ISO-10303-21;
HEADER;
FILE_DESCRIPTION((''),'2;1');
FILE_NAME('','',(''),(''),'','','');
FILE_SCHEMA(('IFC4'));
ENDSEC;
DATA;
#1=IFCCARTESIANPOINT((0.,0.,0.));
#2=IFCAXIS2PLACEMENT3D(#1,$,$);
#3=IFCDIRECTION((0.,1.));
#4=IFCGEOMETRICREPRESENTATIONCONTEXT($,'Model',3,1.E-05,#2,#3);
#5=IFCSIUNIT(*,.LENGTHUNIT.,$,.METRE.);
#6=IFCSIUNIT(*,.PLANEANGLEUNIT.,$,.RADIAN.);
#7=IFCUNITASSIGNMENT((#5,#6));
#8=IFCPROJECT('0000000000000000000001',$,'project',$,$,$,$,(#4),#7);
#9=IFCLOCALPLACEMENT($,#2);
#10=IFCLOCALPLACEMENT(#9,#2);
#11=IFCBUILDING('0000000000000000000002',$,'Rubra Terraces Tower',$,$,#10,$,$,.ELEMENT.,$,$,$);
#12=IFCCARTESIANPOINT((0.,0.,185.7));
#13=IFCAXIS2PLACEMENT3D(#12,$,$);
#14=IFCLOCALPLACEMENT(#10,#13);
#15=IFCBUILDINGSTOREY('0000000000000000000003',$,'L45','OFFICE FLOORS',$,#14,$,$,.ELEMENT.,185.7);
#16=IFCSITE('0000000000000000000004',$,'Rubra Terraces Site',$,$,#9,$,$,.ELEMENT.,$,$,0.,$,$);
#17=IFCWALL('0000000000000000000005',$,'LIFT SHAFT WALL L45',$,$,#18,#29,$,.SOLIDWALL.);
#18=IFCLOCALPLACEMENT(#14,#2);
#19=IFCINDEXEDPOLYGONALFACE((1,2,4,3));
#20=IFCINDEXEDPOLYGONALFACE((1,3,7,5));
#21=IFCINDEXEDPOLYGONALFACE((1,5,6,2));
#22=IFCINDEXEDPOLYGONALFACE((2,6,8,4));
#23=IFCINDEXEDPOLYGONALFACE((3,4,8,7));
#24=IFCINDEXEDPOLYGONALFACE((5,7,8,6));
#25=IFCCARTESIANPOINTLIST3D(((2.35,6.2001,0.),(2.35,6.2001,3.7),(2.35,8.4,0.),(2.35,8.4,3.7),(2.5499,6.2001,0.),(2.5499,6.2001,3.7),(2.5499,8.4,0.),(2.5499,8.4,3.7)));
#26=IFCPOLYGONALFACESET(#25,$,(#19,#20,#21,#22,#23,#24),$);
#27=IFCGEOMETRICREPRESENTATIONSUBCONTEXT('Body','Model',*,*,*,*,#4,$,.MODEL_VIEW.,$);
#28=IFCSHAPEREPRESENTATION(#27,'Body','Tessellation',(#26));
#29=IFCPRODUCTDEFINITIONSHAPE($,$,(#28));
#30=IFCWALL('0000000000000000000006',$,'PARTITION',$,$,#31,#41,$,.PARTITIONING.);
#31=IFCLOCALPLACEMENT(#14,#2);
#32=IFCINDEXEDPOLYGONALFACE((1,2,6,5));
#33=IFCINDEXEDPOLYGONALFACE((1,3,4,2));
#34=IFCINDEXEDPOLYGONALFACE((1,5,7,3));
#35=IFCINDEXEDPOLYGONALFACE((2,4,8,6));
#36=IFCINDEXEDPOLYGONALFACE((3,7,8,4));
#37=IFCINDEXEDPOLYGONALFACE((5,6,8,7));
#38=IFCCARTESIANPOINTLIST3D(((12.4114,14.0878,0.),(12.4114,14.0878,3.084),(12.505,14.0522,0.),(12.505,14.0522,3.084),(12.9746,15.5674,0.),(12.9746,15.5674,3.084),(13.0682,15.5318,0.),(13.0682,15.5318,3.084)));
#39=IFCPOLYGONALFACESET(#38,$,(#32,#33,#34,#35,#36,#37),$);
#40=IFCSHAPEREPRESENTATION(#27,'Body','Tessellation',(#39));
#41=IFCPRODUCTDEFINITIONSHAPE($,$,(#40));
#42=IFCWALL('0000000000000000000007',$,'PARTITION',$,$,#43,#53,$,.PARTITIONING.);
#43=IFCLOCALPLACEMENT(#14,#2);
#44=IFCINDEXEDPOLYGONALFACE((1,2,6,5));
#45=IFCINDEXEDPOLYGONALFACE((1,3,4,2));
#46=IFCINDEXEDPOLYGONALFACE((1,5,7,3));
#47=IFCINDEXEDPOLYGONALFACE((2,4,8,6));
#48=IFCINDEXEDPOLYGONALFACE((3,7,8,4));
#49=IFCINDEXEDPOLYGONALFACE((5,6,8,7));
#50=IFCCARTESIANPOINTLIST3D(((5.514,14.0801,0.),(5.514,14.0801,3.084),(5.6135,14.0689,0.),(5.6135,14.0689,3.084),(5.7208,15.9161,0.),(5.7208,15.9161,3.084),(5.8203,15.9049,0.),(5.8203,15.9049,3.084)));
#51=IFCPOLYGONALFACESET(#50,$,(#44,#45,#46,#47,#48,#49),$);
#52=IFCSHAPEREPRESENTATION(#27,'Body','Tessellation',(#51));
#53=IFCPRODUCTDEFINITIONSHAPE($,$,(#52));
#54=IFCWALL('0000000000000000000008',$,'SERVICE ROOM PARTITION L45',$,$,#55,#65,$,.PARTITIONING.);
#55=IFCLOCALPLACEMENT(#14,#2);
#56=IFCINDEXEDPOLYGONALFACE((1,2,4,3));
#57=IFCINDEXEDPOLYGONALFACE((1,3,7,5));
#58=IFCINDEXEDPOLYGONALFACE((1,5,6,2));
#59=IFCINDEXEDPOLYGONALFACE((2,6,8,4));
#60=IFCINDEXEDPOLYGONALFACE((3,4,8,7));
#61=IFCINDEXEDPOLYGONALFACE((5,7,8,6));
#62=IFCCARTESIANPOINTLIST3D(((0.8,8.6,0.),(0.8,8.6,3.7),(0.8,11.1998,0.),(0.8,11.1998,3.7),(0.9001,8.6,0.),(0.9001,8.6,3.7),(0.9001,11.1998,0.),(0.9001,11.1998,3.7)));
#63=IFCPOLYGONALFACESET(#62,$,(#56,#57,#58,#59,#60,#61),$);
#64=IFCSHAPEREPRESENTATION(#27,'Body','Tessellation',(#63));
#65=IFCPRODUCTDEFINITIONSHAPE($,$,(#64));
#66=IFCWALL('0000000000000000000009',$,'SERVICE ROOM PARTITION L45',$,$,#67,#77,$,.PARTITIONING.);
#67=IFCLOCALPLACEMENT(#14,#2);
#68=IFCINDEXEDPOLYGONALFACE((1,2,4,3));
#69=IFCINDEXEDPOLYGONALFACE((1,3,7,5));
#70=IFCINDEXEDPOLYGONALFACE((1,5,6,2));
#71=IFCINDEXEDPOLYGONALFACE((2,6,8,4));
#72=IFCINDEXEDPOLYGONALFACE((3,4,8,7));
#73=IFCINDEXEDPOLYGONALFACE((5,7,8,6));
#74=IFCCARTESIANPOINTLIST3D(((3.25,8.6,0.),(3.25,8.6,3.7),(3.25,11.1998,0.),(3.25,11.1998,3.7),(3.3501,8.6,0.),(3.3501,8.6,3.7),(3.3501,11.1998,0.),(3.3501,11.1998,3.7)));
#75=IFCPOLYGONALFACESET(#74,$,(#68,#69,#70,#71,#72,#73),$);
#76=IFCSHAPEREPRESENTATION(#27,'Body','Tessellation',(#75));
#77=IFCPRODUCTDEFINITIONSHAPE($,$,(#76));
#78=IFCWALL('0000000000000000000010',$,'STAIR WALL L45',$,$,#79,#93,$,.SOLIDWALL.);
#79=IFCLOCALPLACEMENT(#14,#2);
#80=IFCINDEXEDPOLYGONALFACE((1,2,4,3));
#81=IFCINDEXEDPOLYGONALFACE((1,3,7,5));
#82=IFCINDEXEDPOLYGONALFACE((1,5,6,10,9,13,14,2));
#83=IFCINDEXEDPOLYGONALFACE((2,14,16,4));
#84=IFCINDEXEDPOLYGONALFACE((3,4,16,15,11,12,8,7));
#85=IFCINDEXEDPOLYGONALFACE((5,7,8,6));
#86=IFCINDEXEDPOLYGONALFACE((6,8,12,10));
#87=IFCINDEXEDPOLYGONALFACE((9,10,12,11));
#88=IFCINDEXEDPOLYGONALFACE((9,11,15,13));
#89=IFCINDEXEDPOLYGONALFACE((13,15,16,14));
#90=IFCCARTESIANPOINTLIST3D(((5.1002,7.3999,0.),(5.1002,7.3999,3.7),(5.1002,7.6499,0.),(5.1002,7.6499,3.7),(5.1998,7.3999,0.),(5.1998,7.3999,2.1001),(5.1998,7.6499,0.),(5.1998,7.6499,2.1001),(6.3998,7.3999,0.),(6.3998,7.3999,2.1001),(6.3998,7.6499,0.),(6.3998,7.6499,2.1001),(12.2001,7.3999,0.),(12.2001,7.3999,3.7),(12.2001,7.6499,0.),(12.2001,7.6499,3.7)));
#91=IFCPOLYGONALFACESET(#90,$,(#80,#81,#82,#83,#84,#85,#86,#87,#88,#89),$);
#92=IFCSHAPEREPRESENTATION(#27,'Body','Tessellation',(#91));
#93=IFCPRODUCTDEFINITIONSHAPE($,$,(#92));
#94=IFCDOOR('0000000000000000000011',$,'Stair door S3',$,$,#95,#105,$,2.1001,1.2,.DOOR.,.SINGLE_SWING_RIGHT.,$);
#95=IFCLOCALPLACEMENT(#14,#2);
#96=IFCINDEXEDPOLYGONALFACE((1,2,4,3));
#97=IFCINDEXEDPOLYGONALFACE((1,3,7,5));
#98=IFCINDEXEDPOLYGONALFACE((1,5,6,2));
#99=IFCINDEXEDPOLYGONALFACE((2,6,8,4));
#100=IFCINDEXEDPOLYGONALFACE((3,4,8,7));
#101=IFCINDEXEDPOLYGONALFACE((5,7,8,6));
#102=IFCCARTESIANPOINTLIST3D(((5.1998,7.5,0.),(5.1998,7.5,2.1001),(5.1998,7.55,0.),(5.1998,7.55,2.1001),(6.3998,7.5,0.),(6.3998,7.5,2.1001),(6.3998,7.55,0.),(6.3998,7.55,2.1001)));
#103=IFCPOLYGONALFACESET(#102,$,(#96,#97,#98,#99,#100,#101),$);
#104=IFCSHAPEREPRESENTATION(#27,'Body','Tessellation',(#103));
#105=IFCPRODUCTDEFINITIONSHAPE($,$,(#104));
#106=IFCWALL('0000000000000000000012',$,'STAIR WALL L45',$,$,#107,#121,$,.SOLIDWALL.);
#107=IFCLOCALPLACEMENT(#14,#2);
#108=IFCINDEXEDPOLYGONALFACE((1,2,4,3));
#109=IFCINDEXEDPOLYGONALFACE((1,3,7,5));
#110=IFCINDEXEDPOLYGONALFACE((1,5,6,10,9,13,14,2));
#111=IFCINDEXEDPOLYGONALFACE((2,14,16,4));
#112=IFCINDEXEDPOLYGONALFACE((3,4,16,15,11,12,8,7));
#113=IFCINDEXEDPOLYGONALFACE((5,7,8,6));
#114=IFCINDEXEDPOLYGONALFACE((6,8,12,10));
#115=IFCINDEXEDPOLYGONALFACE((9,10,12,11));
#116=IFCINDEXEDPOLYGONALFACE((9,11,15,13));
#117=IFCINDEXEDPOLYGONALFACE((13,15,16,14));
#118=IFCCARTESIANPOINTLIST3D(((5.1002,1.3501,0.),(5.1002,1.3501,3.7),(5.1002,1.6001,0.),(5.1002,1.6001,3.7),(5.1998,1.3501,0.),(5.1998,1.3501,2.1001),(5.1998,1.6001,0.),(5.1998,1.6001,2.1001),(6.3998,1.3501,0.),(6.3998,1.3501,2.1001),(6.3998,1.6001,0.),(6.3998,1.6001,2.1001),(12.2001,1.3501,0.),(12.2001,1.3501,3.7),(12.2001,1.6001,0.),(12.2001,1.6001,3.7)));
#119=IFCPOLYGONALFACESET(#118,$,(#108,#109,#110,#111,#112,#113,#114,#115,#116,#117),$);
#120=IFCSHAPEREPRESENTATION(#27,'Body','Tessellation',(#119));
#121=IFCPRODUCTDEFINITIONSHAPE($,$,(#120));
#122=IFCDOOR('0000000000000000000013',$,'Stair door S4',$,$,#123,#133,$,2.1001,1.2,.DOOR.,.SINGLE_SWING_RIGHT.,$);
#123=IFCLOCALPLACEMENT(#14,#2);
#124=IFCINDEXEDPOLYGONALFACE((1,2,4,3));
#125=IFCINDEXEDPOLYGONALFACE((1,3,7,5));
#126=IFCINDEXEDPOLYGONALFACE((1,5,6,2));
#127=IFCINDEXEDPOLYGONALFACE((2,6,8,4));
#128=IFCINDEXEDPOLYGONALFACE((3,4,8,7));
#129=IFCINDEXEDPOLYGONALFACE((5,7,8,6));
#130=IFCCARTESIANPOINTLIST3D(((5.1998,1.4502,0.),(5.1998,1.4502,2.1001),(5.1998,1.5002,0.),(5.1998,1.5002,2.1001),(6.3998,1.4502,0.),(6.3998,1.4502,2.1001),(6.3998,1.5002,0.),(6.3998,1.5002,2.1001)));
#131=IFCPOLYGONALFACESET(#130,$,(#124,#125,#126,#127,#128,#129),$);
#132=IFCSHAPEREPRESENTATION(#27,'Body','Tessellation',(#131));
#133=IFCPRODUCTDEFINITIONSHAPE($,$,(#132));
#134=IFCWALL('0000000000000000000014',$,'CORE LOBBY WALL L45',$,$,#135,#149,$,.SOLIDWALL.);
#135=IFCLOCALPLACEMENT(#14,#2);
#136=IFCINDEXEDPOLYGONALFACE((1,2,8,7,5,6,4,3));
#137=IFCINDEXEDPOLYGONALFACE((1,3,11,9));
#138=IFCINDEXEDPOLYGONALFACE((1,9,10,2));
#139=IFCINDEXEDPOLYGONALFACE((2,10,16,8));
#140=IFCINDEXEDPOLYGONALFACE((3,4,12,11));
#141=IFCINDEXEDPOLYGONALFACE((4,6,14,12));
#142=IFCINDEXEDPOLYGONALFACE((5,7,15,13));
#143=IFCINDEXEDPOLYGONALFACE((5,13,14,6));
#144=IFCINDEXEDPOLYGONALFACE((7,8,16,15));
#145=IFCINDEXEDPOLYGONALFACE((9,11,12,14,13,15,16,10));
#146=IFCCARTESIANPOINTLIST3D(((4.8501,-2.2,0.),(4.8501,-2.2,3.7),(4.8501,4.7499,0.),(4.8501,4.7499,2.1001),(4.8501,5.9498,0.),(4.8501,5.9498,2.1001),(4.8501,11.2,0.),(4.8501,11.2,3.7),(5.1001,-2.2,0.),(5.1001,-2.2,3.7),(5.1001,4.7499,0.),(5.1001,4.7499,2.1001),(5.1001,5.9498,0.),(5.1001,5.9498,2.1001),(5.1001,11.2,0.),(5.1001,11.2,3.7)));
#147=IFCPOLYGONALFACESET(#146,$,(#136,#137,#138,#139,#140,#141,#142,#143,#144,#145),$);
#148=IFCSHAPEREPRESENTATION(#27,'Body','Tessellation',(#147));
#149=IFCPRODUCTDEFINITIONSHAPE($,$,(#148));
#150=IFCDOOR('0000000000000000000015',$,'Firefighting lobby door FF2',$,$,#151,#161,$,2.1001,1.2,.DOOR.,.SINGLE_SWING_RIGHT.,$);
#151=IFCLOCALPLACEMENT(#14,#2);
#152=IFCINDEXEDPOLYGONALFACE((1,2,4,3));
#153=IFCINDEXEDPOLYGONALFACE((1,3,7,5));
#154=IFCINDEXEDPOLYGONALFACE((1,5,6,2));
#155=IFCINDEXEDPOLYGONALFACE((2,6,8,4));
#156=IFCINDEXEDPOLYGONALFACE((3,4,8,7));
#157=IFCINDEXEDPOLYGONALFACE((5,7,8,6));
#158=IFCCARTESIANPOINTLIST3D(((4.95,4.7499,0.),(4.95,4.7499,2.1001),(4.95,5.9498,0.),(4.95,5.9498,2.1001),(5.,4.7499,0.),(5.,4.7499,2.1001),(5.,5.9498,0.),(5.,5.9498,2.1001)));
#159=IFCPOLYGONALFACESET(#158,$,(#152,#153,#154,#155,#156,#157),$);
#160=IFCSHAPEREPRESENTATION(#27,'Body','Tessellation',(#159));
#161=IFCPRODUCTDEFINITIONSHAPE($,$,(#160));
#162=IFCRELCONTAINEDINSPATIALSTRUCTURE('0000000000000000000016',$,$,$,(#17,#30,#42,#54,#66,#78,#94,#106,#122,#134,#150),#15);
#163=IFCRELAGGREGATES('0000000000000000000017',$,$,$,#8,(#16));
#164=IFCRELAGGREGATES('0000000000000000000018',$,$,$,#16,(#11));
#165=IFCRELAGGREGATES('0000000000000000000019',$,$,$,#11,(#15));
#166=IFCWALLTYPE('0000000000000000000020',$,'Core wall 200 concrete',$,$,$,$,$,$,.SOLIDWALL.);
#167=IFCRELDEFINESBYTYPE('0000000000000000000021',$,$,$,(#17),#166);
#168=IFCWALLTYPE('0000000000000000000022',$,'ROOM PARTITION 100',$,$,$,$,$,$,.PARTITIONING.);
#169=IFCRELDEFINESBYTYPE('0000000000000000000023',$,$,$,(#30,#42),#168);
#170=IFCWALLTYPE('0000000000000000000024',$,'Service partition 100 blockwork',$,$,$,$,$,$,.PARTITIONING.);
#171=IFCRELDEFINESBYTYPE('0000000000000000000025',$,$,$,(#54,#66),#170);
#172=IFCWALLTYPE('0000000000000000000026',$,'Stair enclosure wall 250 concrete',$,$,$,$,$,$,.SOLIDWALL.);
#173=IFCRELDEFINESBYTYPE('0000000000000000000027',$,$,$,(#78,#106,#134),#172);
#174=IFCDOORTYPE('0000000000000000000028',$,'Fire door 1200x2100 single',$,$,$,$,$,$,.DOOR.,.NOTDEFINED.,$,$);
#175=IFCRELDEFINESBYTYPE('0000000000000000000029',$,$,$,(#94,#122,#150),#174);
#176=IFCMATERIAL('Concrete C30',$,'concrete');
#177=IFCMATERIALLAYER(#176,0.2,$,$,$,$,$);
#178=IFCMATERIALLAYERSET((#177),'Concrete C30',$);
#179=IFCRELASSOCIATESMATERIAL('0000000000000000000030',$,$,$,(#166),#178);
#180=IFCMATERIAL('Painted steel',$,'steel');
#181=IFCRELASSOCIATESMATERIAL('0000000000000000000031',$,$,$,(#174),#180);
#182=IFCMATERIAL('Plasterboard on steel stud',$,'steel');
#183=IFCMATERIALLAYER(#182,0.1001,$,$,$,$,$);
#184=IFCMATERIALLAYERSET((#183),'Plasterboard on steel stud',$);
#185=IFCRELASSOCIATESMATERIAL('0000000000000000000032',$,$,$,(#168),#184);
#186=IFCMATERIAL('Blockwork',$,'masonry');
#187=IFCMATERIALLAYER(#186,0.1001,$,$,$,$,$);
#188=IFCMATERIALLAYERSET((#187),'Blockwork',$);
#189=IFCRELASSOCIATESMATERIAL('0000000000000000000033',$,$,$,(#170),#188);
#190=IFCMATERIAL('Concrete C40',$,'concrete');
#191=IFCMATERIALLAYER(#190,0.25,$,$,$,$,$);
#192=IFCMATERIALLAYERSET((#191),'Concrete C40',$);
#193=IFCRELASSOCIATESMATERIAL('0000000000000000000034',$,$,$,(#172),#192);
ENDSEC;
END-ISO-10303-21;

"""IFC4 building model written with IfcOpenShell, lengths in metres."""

from ifc_helpers import new_model, si_unit, direction, frame, frame_2d, origin, place, context, subcontext, project, spatial, rectangle, extrude, material, layer, layer_set, type_object, element, fill, save


model = new_model("IFC4")

# Units and contexts
model_context = context("Model", 3, precision=1e-05, world=origin(), true_north=direction((0.0, 1.0)))
body_context = subcontext(model_context, "Body", "Model", "MODEL_VIEW")
ifc_project = project(units=[si_unit("LENGTHUNIT", "METRE"), si_unit("PLANEANGLEUNIT", "RADIAN")], contexts=[model_context])

# Site, building, storey
site_placement = place(None, origin())
site = spatial("IfcSite", under=ifc_project, at=site_placement, Name="Rubra Terraces Site", CompositionType="ELEMENT", RefElevation=0.0)
building_placement = place(site_placement, origin())
building = spatial("IfcBuilding", under=site, at=building_placement, Name="Rubra Terraces Tower", CompositionType="ELEMENT")
storey_placement = place(building_placement, frame((0.0, 0.0, 185.7)))
storey = spatial("IfcBuildingStorey", under=building, at=storey_placement, Name="L45", Description="OFFICE FLOORS", CompositionType="ELEMENT", Elevation=185.7)

# Shared definitions
ifc_material_1 = material(Name="Concrete C40", Category="concrete")

# Shared definitions
ifc_material_2 = material(Name="Concrete C30", Category="concrete")
ifc_layer_1 = layer(ifc_material_2, 0.2)
ifc_layer_set_1 = layer_set([ifc_layer_1], Name="Concrete C30")
wall_type_1 = type_object("IfcWallType", Name="Core wall 200 concrete", PredefinedType="SOLIDWALL", material=ifc_layer_set_1)
ifc_material_3 = material(Name="Painted steel", Category="steel")
door_type_1 = type_object("IfcDoorType", Name="Fire door 1200x2100 single", OperationType="NOTDEFINED", PredefinedType="DOOR", material=ifc_material_3)

# Walls
wall_1_placement = place(storey_placement, frame((2.45, 6.2, 0.0), z_axis=(0.0, 0.0, 1.0), x_axis=(0.0, 1.0, 0.0)))
element("IfcWall", 1, at=wall_1_placement, inside=storey, type_object=wall_type_1, Name="LIFT SHAFT WALL L45", PredefinedType="SOLIDWALL", context=body_context, shape_type="SweptSolid", body=[
    extrude(rectangle(XDim=2.2, YDim=0.2, at=frame_2d((1.1001, 0.0))), origin(), (0.0, 0.0, 1.0), 3.7),
])
ifc_material_4 = material(Name="Plasterboard on steel stud", Category="steel")
ifc_layer_2 = layer(ifc_material_4, 0.1001)
ifc_layer_set_2 = layer_set([ifc_layer_2], Name="Plasterboard on steel stud")
wall_type_2 = type_object("IfcWallType", Name="ROOM PARTITION 100", PredefinedType="PARTITIONING", material=ifc_layer_set_2)
wall_2_placement = place(storey_placement, frame((12.4583, 14.0701, 0.0), z_axis=(0.0, 0.0, 1.0), x_axis=(0.355732, 0.934588, 0.0)))
element("IfcWall", 2, at=wall_2_placement, inside=storey, type_object=wall_type_2, Name="PARTITION", PredefinedType="PARTITIONING", context=body_context, shape_type="SweptSolid", body=[
    extrude(rectangle(XDim=1.5833, YDim=0.1001, at=frame_2d((0.7915, 0.0))), origin(), (0.0, 0.0, 1.0), 3.084),
])
wall_3_placement = place(storey_placement, frame((5.5637, 14.0745, 0.0), z_axis=(0.0, 0.0, 1.0), x_axis=(0.111925, 0.993717, 0.0)))
element("IfcWall", 3, at=wall_3_placement, inside=storey, type_object=wall_type_2, Name="PARTITION", PredefinedType="PARTITIONING", context=body_context, shape_type="SweptSolid", body=[
    extrude(rectangle(XDim=1.8477, YDim=0.1001, at=frame_2d((0.9238, 0.0))), origin(), (0.0, 0.0, 1.0), 3.084),
])
ifc_material_5 = material(Name="Blockwork", Category="masonry")
ifc_layer_3 = layer(ifc_material_5, 0.1001)
ifc_layer_set_3 = layer_set([ifc_layer_3], Name="Blockwork")
wall_type_3 = type_object("IfcWallType", Name="Service partition 100 blockwork", PredefinedType="PARTITIONING", material=ifc_layer_set_3)
for number, where, z_axis, x_axis, name in (
    (4, (0.8501, 8.6001, 0.0), (0.0, 0.0, 1.0), (0.0, 1.0, 0.0), "SERVICE ROOM PARTITION L45"),
    (5, (3.3, 8.6001, 0.0), (0.0, 0.0, 1.0), (0.0, 1.0, 0.0), "SERVICE ROOM PARTITION L45"),
):
    element("IfcWall", number, at=place(storey_placement, frame(where, z_axis=z_axis, x_axis=x_axis)), inside=storey, type_object=wall_type_3, Name=name, PredefinedType="PARTITIONING", context=body_context, shape_type="SweptSolid", body=[
        extrude(rectangle(XDim=2.5999, YDim=0.1001, at=frame_2d((1.2998, 0.0))), origin(), (0.0, 0.0, 1.0), 3.7),
    ])

# Walls, openings, doors
ifc_layer_4 = layer(ifc_material_1, 0.25)
ifc_layer_set_4 = layer_set([ifc_layer_4], Name="Concrete C40")
wall_type_4 = type_object("IfcWallType", Name="Stair enclosure wall 250 concrete", PredefinedType="SOLIDWALL", material=ifc_layer_set_4)
wall_4_placement = place(storey_placement, frame((12.2, 7.5249, 0.0), z_axis=(0.0, 0.0, 1.0), x_axis=(-1.0, 0.0, 0.0)))
wall_4 = element("IfcWall", 6, at=wall_4_placement, inside=storey, type_object=wall_type_4, Name="STAIR WALL L45", PredefinedType="SOLIDWALL", context=body_context, shape_type="SweptSolid", body=[
    extrude(rectangle(XDim=7.0999, YDim=0.25, at=frame_2d((3.5498, 0.0))), origin(), (0.0, 0.0, 1.0), 3.7),
])
opening_1_placement = place(wall_4_placement, frame((5.8, 0.0, 0.0)))
opening_1 = element("IfcOpeningElement", 7, at=opening_1_placement, cuts=wall_4, PredefinedType="OPENING", context=body_context, shape_type="SweptSolid", body=[
    extrude(rectangle(XDim=1.2, YDim=2.1001, at=frame_2d((0.6001, 1.05))), frame((0.0, 0.135, 0.0), z_axis=(0.0, -1.0, 0.0), x_axis=(1.0, 0.0, 0.0)), (0.0, 0.0, 1.0), 0.27),
])
door_1_placement = place(opening_1_placement, origin())
door_1 = element("IfcDoor", 8, at=door_1_placement, inside=storey, type_object=door_type_1, Name="Stair door S3", OperationType="SINGLE_SWING_RIGHT", OverallHeight=2.1001, OverallWidth=1.2, PredefinedType="DOOR", context=body_context, shape_type="SweptSolid", body=[
    extrude(rectangle(XDim=1.2, YDim=2.1001, at=frame_2d((0.6001, 1.05))), frame((0.0, 0.0249, 0.0), z_axis=(0.0, -1.0, 0.0), x_axis=(1.0, 0.0, 0.0)), (0.0, 0.0, 1.0), 0.05),
])
fill(opening_1, door_1)
wall_5_placement = place(storey_placement, frame((12.2, 1.4751, 0.0), z_axis=(0.0, 0.0, 1.0), x_axis=(-1.0, 0.0, 0.0)))
wall_5 = element("IfcWall", 9, at=wall_5_placement, inside=storey, type_object=wall_type_4, Name="STAIR WALL L45", PredefinedType="SOLIDWALL", context=body_context, shape_type="SweptSolid", body=[
    extrude(rectangle(XDim=7.0999, YDim=0.25, at=frame_2d((3.5498, 0.0))), origin(), (0.0, 0.0, 1.0), 3.7),
])
opening_2_placement = place(wall_5_placement, frame((5.8, 0.0, 0.0)))
opening_2 = element("IfcOpeningElement", 10, at=opening_2_placement, cuts=wall_5, PredefinedType="OPENING", context=body_context, shape_type="SweptSolid", body=[
    extrude(rectangle(XDim=1.2, YDim=2.1001, at=frame_2d((0.6001, 1.05))), frame((0.0, 0.135, 0.0), z_axis=(0.0, -1.0, 0.0), x_axis=(1.0, 0.0, 0.0)), (0.0, 0.0, 1.0), 0.27),
])
door_2_placement = place(opening_2_placement, origin())
door_2 = element("IfcDoor", 11, at=door_2_placement, inside=storey, type_object=door_type_1, Name="Stair door S4", OperationType="SINGLE_SWING_RIGHT", OverallHeight=2.1001, OverallWidth=1.2, PredefinedType="DOOR", context=body_context, shape_type="SweptSolid", body=[
    extrude(rectangle(XDim=1.2, YDim=2.1001, at=frame_2d((0.6001, 1.05))), frame((0.0, 0.0249, 0.0), z_axis=(0.0, -1.0, 0.0), x_axis=(1.0, 0.0, 0.0)), (0.0, 0.0, 1.0), 0.05),
])
fill(opening_2, door_2)
wall_6_placement = place(storey_placement, frame((4.9751, 11.2, 0.0), z_axis=(0.0, 0.0, 1.0), x_axis=(0.0, -1.0, 0.0)))
wall_6 = element("IfcWall", 12, at=wall_6_placement, inside=storey, type_object=wall_type_4, Name="CORE LOBBY WALL L45", PredefinedType="SOLIDWALL", context=body_context, shape_type="SweptSolid", body=[
    extrude(rectangle(XDim=13.3999, YDim=0.25, at=frame_2d((6.7, 0.0))), origin(), (0.0, 0.0, 1.0), 3.7),
])
opening_3_placement = place(wall_6_placement, frame((5.25, 0.0, 0.0)))
opening_3 = element("IfcOpeningElement", 13, at=opening_3_placement, cuts=wall_6, PredefinedType="OPENING", context=body_context, shape_type="SweptSolid", body=[
    extrude(rectangle(XDim=1.2, YDim=2.1001, at=frame_2d((0.6001, 1.05))), frame((0.0, 0.135, 0.0), z_axis=(0.0, -1.0, 0.0), x_axis=(1.0, 0.0, 0.0)), (0.0, 0.0, 1.0), 0.27),
])
door_3_placement = place(opening_3_placement, origin())
door_3 = element("IfcDoor", 14, at=door_3_placement, inside=storey, type_object=door_type_1, Name="Firefighting lobby door FF2", OperationType="SINGLE_SWING_RIGHT", OverallHeight=2.1001, OverallWidth=1.2, PredefinedType="DOOR", context=body_context, shape_type="SweptSolid", body=[
    extrude(rectangle(XDim=1.2, YDim=2.1001, at=frame_2d((0.6001, 1.05))), frame((0.0, 0.0249, 0.0), z_axis=(0.0, -1.0, 0.0), x_axis=(1.0, 0.0, 0.0)), (0.0, 0.0, 1.0), 0.05),
])
fill(opening_3, door_3)

save(model, "model.ifc")
